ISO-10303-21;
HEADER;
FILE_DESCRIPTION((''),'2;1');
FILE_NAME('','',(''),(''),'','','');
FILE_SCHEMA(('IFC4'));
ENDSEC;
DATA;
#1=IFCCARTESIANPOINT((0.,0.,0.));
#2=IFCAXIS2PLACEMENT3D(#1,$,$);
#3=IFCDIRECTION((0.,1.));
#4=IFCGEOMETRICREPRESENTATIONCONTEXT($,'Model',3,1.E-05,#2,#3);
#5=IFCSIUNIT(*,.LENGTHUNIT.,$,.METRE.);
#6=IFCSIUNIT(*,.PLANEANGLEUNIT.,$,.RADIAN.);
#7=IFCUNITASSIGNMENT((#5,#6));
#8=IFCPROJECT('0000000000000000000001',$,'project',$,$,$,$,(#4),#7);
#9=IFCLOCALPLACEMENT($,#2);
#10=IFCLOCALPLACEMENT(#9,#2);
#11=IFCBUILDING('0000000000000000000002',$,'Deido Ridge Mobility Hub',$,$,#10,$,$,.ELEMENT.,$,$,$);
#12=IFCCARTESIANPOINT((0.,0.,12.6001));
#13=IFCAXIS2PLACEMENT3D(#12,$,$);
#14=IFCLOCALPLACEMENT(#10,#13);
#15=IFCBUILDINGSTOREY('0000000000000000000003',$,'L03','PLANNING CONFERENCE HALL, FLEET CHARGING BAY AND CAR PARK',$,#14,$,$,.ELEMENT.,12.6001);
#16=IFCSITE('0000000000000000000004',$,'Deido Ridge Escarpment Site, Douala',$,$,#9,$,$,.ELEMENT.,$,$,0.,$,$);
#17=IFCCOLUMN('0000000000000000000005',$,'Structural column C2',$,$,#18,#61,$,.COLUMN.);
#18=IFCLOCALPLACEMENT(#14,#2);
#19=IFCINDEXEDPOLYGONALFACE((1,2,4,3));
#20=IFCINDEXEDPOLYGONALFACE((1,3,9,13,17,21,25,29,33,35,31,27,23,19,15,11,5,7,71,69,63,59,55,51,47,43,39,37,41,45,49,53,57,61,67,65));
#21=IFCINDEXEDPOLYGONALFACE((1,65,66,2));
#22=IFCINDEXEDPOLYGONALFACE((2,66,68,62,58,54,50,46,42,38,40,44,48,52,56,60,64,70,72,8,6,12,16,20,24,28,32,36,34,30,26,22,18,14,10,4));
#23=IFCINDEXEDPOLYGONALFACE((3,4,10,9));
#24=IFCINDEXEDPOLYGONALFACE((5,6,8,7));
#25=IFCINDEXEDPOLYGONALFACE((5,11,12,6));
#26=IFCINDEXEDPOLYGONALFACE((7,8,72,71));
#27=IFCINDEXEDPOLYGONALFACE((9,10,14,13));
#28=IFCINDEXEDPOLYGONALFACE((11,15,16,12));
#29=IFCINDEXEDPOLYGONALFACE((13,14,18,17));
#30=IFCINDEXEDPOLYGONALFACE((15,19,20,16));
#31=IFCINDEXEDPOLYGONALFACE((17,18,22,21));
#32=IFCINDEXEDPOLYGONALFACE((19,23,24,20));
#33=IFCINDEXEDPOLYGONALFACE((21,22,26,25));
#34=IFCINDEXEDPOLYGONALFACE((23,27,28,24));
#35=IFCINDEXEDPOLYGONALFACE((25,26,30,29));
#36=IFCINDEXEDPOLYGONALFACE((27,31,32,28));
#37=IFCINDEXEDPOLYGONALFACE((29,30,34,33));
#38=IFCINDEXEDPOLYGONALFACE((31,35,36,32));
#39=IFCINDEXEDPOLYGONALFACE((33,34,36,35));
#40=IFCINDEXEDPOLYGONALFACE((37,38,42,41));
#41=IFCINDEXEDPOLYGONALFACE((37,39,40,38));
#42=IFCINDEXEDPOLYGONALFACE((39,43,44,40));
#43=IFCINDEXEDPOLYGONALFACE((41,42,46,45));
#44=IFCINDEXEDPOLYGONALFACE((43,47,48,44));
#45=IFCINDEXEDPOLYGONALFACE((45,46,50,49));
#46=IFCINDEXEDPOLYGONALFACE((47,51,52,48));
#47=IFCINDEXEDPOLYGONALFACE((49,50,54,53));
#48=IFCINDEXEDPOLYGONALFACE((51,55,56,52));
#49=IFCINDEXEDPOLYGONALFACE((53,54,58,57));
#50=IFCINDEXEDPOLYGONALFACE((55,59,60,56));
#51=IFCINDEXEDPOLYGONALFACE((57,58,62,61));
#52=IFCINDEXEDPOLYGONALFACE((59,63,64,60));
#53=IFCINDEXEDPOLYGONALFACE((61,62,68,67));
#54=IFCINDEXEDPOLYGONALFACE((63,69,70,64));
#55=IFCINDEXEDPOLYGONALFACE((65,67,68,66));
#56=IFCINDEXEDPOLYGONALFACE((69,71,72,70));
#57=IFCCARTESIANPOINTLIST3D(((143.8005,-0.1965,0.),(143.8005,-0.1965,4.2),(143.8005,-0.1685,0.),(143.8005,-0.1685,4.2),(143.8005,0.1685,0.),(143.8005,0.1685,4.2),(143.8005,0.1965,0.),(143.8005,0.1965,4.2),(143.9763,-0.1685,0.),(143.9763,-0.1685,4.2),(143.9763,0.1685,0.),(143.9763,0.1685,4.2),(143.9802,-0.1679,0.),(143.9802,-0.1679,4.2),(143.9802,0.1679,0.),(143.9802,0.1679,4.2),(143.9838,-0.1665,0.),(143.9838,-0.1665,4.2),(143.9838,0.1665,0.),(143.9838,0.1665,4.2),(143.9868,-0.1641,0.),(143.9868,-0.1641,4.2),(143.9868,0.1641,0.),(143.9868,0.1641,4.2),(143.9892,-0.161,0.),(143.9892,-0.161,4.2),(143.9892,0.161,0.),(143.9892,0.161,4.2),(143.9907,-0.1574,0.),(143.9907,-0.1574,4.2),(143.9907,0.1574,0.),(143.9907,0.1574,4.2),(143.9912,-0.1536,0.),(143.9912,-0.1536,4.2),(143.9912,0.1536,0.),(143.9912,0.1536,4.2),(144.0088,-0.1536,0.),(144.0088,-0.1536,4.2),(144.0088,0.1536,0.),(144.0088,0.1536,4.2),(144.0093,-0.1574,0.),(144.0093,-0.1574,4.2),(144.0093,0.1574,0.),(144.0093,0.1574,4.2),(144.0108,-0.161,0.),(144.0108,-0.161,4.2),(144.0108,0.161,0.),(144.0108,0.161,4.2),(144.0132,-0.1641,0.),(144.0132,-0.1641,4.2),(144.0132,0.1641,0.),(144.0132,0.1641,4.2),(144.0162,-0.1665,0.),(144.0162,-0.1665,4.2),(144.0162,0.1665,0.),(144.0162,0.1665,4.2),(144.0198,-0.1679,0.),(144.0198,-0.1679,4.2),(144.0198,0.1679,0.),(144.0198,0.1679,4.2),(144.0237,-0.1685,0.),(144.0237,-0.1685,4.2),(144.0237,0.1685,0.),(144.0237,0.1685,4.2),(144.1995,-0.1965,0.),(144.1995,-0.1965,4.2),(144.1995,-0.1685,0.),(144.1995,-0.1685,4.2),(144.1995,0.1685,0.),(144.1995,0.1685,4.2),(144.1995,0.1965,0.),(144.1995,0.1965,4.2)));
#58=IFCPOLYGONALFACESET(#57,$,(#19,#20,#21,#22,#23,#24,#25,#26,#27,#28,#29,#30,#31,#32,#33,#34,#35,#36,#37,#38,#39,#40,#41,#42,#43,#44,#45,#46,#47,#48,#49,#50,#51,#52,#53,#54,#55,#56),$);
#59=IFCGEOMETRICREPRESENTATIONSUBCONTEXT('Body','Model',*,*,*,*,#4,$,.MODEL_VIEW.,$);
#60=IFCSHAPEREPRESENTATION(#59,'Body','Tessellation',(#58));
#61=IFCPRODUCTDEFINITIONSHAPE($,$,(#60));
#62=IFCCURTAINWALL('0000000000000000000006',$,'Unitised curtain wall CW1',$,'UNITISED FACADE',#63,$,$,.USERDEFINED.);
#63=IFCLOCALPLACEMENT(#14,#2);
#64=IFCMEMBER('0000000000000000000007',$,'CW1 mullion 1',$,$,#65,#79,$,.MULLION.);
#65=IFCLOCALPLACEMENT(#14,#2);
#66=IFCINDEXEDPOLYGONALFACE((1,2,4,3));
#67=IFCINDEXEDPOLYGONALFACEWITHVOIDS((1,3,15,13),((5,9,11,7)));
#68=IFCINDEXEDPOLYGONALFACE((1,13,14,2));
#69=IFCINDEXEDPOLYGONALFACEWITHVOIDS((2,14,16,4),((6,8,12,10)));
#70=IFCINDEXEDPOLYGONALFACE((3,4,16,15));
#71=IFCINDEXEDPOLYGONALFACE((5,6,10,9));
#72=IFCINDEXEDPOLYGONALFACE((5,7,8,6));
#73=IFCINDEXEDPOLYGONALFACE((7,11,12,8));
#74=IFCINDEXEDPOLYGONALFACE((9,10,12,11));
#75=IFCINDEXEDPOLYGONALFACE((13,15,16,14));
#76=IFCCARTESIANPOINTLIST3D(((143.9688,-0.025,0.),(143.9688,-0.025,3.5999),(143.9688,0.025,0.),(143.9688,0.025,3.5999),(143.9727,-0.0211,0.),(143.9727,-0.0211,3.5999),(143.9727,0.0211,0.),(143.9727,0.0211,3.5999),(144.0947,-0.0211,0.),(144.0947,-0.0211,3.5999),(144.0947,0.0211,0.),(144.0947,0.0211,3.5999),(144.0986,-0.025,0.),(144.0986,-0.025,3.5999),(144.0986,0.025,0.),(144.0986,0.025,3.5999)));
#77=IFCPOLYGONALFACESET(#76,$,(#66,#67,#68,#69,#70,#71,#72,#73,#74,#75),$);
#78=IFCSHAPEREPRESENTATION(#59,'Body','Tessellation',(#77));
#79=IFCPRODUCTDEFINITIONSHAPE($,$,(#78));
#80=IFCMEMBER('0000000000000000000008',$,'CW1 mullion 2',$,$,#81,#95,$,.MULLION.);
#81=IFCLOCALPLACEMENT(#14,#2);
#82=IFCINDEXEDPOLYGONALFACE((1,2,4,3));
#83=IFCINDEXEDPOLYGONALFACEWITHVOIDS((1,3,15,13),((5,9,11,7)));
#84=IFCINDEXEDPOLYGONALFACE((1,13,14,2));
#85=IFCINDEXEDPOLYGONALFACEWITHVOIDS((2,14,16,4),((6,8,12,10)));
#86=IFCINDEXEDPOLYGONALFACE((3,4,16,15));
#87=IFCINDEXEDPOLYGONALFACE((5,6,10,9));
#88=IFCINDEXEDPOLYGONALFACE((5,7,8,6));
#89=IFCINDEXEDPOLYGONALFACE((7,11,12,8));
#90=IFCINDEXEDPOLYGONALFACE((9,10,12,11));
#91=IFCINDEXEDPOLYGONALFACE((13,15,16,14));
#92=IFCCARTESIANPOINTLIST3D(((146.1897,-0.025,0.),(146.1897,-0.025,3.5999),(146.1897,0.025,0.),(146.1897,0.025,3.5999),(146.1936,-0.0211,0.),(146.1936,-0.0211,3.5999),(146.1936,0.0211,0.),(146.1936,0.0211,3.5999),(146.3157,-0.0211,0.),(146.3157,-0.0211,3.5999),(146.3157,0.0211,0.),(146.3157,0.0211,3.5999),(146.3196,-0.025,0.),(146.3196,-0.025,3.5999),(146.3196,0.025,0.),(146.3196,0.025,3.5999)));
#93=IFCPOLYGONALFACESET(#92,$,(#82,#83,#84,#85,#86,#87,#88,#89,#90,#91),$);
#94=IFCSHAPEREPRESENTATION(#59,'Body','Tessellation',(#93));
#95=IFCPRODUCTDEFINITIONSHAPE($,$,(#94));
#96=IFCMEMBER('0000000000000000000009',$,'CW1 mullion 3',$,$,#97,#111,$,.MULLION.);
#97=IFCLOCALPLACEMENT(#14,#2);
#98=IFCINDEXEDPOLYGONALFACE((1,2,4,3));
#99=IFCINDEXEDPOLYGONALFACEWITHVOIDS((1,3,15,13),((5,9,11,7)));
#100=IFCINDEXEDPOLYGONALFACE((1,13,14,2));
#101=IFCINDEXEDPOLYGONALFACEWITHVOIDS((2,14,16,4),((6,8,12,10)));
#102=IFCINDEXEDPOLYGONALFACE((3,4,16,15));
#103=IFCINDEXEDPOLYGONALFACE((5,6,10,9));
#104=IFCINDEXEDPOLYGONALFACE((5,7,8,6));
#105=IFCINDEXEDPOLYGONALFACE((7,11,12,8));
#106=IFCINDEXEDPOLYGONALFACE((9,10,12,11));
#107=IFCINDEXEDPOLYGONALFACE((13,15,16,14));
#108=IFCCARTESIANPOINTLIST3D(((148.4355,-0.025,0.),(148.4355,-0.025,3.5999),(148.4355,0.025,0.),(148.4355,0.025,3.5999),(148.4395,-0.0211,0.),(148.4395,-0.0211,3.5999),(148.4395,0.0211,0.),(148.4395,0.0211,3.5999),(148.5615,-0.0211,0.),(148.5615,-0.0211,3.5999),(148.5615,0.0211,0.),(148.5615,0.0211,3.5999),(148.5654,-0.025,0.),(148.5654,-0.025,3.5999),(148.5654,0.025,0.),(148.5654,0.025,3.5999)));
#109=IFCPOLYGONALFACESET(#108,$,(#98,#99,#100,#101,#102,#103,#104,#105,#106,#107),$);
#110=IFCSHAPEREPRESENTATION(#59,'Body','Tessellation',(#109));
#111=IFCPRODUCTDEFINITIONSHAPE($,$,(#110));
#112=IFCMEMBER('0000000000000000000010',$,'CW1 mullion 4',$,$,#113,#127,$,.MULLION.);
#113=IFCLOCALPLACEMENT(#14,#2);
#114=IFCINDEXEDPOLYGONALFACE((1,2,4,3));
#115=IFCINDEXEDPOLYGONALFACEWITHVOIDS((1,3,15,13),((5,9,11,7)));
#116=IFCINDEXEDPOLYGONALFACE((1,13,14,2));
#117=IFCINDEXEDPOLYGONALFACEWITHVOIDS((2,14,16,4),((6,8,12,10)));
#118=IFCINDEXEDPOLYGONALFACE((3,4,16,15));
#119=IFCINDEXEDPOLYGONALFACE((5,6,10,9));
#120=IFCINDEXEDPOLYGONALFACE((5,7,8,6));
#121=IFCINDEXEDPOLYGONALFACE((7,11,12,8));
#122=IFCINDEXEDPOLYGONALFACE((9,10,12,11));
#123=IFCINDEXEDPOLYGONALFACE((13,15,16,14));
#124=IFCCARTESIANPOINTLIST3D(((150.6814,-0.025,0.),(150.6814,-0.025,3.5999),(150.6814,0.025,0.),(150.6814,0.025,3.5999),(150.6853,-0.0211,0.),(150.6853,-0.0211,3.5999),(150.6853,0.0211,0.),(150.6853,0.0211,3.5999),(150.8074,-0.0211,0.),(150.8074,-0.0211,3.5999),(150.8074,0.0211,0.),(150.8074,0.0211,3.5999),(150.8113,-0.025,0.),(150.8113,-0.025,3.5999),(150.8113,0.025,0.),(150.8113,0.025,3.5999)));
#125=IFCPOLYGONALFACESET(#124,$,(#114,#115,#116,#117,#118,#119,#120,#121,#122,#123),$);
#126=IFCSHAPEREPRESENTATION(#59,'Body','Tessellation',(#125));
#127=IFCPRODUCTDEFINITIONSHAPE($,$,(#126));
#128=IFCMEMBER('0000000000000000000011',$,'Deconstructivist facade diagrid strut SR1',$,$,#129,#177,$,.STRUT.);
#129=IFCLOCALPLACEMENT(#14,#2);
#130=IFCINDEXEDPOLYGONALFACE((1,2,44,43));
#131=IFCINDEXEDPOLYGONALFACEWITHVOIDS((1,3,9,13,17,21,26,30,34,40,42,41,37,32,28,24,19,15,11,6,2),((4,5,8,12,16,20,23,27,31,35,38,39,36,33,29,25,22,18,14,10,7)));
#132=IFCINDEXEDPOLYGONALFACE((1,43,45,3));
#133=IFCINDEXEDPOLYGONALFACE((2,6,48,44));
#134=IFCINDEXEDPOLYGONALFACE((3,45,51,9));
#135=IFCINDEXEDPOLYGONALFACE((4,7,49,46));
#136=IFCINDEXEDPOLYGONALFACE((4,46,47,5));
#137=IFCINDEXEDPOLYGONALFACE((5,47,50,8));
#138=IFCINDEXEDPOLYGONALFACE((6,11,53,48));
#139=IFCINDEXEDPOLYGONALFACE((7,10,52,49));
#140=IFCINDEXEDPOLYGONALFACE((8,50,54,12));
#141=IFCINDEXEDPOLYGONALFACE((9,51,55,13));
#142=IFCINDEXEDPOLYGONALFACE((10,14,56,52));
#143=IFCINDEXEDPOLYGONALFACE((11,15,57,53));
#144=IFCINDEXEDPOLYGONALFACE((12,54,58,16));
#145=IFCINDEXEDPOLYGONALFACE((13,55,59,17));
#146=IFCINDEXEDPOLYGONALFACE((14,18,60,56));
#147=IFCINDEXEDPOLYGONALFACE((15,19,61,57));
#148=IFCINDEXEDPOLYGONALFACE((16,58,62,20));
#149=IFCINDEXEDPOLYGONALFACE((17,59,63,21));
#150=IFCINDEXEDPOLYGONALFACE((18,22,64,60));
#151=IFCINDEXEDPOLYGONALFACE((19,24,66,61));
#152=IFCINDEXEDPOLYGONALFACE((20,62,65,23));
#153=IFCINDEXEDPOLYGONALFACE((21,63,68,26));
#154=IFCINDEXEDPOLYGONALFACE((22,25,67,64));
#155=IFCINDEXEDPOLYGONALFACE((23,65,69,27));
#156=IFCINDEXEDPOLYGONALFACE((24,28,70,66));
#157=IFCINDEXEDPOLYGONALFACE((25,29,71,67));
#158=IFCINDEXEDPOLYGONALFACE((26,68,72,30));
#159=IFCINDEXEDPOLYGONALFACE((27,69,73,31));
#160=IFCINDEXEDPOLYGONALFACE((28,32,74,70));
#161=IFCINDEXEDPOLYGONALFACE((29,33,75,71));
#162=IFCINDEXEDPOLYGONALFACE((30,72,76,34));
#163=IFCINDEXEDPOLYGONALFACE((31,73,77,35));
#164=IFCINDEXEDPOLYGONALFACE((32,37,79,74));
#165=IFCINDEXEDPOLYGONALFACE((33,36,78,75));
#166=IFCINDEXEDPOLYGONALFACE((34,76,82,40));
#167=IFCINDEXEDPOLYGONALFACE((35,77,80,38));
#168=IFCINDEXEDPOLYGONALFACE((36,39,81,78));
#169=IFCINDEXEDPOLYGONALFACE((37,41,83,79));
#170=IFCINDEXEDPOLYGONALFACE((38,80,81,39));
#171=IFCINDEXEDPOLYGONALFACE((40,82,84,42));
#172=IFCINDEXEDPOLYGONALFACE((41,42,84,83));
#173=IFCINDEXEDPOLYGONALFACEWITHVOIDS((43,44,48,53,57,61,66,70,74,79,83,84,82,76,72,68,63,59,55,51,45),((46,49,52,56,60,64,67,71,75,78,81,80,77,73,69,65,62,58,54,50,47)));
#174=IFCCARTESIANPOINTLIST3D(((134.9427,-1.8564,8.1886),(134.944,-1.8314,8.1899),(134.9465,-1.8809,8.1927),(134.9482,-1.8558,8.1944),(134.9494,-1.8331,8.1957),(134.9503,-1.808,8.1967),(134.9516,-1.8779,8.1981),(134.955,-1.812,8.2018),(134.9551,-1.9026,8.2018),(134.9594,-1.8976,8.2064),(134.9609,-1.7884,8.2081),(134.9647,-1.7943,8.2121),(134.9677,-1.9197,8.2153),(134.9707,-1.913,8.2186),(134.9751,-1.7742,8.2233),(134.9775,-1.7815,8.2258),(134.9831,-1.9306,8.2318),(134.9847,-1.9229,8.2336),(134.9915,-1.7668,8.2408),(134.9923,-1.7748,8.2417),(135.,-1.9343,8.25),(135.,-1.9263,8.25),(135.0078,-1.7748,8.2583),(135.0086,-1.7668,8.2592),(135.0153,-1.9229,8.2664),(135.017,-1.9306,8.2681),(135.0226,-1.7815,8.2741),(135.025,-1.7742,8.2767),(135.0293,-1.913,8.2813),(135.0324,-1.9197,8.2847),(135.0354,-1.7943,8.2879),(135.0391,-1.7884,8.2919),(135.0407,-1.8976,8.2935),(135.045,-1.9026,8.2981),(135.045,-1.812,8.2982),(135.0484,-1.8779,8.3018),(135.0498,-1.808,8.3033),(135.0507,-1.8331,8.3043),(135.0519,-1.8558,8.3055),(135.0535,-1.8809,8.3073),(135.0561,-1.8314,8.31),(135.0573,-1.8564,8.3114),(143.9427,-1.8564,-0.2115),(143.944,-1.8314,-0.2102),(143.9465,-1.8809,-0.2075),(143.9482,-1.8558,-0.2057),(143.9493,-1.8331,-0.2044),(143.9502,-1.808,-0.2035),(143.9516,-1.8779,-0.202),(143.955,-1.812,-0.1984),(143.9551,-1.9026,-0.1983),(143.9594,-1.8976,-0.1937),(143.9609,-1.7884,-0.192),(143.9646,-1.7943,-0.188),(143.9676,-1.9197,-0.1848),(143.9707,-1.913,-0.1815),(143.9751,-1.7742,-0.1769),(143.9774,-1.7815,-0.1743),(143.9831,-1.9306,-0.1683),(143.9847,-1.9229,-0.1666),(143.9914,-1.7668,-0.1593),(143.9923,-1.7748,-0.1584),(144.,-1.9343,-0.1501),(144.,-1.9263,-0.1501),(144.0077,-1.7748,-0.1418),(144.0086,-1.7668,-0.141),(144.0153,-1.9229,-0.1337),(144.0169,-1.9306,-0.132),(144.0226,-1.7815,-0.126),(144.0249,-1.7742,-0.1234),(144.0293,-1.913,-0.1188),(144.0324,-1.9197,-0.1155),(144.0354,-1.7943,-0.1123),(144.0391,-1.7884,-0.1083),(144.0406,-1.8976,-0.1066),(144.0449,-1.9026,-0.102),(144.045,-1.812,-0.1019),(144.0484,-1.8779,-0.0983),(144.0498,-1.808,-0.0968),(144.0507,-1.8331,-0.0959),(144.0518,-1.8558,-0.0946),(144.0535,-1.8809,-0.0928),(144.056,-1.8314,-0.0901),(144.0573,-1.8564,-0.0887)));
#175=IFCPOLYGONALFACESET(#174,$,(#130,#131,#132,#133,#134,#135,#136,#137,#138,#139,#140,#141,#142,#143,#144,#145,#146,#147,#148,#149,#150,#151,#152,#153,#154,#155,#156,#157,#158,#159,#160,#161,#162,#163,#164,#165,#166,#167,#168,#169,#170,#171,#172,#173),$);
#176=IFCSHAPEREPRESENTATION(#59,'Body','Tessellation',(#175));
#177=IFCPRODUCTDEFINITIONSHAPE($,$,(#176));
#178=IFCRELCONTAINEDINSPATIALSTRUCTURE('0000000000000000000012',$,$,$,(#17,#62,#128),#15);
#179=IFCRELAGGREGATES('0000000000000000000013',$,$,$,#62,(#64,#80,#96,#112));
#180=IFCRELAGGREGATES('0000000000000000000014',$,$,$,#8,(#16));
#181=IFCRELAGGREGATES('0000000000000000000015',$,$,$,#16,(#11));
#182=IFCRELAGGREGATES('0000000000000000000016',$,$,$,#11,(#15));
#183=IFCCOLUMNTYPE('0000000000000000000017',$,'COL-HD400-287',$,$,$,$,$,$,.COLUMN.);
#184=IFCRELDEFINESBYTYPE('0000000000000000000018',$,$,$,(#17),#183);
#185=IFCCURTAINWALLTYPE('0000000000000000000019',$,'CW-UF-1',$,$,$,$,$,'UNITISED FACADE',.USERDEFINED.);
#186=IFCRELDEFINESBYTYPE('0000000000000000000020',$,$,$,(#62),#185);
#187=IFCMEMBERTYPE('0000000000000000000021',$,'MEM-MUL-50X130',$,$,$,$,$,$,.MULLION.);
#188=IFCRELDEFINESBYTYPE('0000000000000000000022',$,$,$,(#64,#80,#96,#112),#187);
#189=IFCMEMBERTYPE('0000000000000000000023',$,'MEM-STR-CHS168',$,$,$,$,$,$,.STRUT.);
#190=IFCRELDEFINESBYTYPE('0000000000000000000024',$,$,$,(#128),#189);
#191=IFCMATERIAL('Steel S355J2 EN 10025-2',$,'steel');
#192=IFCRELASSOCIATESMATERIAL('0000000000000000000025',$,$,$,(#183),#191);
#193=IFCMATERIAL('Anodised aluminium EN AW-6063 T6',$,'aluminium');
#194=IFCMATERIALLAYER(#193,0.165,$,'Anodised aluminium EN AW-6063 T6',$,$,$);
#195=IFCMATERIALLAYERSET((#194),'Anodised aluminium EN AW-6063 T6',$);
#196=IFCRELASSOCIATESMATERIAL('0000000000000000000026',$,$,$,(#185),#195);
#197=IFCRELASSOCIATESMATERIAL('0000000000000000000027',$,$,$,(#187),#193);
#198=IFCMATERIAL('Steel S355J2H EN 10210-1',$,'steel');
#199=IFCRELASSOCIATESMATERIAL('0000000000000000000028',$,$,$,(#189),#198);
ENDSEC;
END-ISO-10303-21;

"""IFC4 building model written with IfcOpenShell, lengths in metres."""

from ifc_helpers import new_model, si_unit, direction, frame, origin, origin_2d, place, context, subcontext, project, spatial, hollow_rectangle, hollow_circle, i_section, extrude, material, layer, layer_set, material_profile, profile_set, type_object, element, aggregate, save


model = new_model("IFC4")

# Units and contexts
model_context = context("Model", 3, precision=1e-05, world=origin(), true_north=direction((0.0, 1.0)))
body_context = subcontext(model_context, "Body", "Model", "MODEL_VIEW")
ifc_project = project(units=[si_unit("LENGTHUNIT", "METRE"), si_unit("PLANEANGLEUNIT", "RADIAN")], contexts=[model_context])

# Site, building, storey
site_placement = place(None, origin())
site = spatial("IfcSite", under=ifc_project, at=site_placement, Name="Deido Ridge Escarpment Site, Douala", CompositionType="ELEMENT", RefElevation=0.0)
building_placement = place(site_placement, origin())
building = spatial("IfcBuilding", under=site, at=building_placement, Name="Deido Ridge Mobility Hub", CompositionType="ELEMENT")
storey_placement = place(building_placement, frame((0.0, 0.0, 12.6001)))
storey = spatial("IfcBuildingStorey", under=building, at=storey_placement, Name="L03", Description="PLANNING CONFERENCE HALL, FLEET CHARGING BAY AND CAR PARK", CompositionType="ELEMENT", Elevation=12.6001)

# Column
ifc_material_1 = material(Name="Steel S355J2 EN 10025-2", Category="steel")
ifc_material_profile_1 = material_profile(ifc_material_1, i_section(OverallWidth=0.3989, OverallDepth=0.3931, WebThickness=0.0176, FlangeThickness=0.0281, FilletRadius=0.0149, at=origin_2d()), Name="HD 400x287")
ifc_profile_set_1 = profile_set([ifc_material_profile_1], Name="Steel S355J2 EN 10025-2")
column_type = type_object("IfcColumnType", Name="COL-HD400-287", PredefinedType="COLUMN", material=ifc_profile_set_1)
column_placement = place(storey_placement, frame((144.0, 0.0, 0.0), z_axis=(0.0, 0.0, 1.0), x_axis=(1.0, 0.0, 0.0)))
element("IfcColumn", 1, at=column_placement, inside=storey, type_object=column_type, Name="Structural column C2", PredefinedType="COLUMN", context=body_context, shape_type="SweptSolid", body=[
    extrude(i_section(OverallWidth=0.3989, OverallDepth=0.3931, WebThickness=0.0176, FlangeThickness=0.0281, FilletRadius=0.0149, at=origin_2d()), origin(), (0.0, 0.0, 1.0), 4.2),
])

# Curtain wall, members
ifc_material_2 = material(Name="Anodised aluminium EN AW-6063 T6", Category="aluminium")
ifc_layer_1 = layer(ifc_material_2, 0.165, Name="Anodised aluminium EN AW-6063 T6")
ifc_layer_set_1 = layer_set([ifc_layer_1], Name="Anodised aluminium EN AW-6063 T6")
curtain_wall_type = type_object("IfcCurtainWallType", Name="CW-UF-1", ElementType="UNITISED FACADE", PredefinedType="USERDEFINED", material=ifc_layer_set_1)
curtain_wall_placement = place(storey_placement, origin())
curtain_wall = element("IfcCurtainWall", 2, at=curtain_wall_placement, inside=storey, type_object=curtain_wall_type, Name="Unitised curtain wall CW1", ObjectType="UNITISED FACADE", PredefinedType="USERDEFINED")
ifc_material_profile_2 = material_profile(ifc_material_2, hollow_rectangle(XDim=0.05, YDim=0.1299, WallThickness=0.0039, at=origin_2d()), Name="RHS 50x130x4")
ifc_profile_set_2 = profile_set([ifc_material_profile_2], Name="Anodised aluminium EN AW-6063 T6")
member_type_1 = type_object("IfcMemberType", Name="MEM-MUL-50X130", PredefinedType="MULLION", material=ifc_profile_set_2)
member_1_placement = place(storey_placement, frame((144.0337, 0.0, 0.0), z_axis=(0.0, 0.0, 1.0), x_axis=(0.0, 1.0, 0.0)))
member_1 = element("IfcMember", 3, at=member_1_placement, type_object=member_type_1, Name="CW1 mullion 1", PredefinedType="MULLION", context=body_context, shape_type="SweptSolid", body=[
    extrude(hollow_rectangle(XDim=0.05, YDim=0.1299, WallThickness=0.0039, at=origin_2d()), origin(), (0.0, 0.0, 1.0), 3.5999),
])
member_2_placement = place(storey_placement, frame((146.2546, 0.0, 0.0), z_axis=(0.0, 0.0, 1.0), x_axis=(0.0, 1.0, 0.0)))
member_2 = element("IfcMember", 4, at=member_2_placement, type_object=member_type_1, Name="CW1 mullion 2", PredefinedType="MULLION", context=body_context, shape_type="SweptSolid", body=[
    extrude(hollow_rectangle(XDim=0.05, YDim=0.1299, WallThickness=0.0039, at=origin_2d()), origin(), (0.0, 0.0, 1.0), 3.5999),
])
member_3_placement = place(storey_placement, frame((148.5005, 0.0, 0.0), z_axis=(0.0, 0.0, 1.0), x_axis=(0.0, 1.0, 0.0)))
member_3 = element("IfcMember", 5, at=member_3_placement, type_object=member_type_1, Name="CW1 mullion 3", PredefinedType="MULLION", context=body_context, shape_type="SweptSolid", body=[
    extrude(hollow_rectangle(XDim=0.05, YDim=0.1299, WallThickness=0.0039, at=origin_2d()), origin(), (0.0, 0.0, 1.0), 3.5999),
])
member_4_placement = place(storey_placement, frame((150.7463, 0.0, 0.0), z_axis=(0.0, 0.0, 1.0), x_axis=(0.0, 1.0, 0.0)))
member_4 = element("IfcMember", 6, at=member_4_placement, type_object=member_type_1, Name="CW1 mullion 4", PredefinedType="MULLION", context=body_context, shape_type="SweptSolid", body=[
    extrude(hollow_rectangle(XDim=0.05, YDim=0.1299, WallThickness=0.0039, at=origin_2d()), origin(), (0.0, 0.0, 1.0), 3.5999),
])

# Member
ifc_material_3 = material(Name="Steel S355J2H EN 10210-1", Category="steel")
ifc_material_profile_3 = material_profile(ifc_material_3, hollow_circle(Radius=0.0842, WallThickness=0.0081, at=origin_2d()), Name="CHS 168.3x8")
ifc_profile_set_3 = profile_set([ifc_material_profile_3], Name="Steel S355J2H EN 10210-1")
member_type_2 = type_object("IfcMemberType", Name="MEM-STR-CHS168", PredefinedType="STRUT", material=ifc_profile_set_3)
for number, where, z_axis, x_axis, name in (
    (7, (144.0, -1.8501, -0.1501), (-0.731049, 0.0, 0.682325), (0.0, -1.0, 0.0), "Deconstructivist facade diagrid strut SR1"),
):
    element("IfcMember", number, at=place(storey_placement, frame(where, z_axis=z_axis, x_axis=x_axis)), inside=storey, type_object=member_type_2, Name=name, PredefinedType="STRUT", context=body_context, shape_type="SweptSolid", body=[
        extrude(hollow_circle(Radius=0.0842, WallThickness=0.0081, at=origin_2d()), origin(), (0.0, 0.0, 1.0), 12.311),
    ])

aggregate(curtain_wall, [member_1, member_2, member_3, member_4])

save(model, "model.ifc")
